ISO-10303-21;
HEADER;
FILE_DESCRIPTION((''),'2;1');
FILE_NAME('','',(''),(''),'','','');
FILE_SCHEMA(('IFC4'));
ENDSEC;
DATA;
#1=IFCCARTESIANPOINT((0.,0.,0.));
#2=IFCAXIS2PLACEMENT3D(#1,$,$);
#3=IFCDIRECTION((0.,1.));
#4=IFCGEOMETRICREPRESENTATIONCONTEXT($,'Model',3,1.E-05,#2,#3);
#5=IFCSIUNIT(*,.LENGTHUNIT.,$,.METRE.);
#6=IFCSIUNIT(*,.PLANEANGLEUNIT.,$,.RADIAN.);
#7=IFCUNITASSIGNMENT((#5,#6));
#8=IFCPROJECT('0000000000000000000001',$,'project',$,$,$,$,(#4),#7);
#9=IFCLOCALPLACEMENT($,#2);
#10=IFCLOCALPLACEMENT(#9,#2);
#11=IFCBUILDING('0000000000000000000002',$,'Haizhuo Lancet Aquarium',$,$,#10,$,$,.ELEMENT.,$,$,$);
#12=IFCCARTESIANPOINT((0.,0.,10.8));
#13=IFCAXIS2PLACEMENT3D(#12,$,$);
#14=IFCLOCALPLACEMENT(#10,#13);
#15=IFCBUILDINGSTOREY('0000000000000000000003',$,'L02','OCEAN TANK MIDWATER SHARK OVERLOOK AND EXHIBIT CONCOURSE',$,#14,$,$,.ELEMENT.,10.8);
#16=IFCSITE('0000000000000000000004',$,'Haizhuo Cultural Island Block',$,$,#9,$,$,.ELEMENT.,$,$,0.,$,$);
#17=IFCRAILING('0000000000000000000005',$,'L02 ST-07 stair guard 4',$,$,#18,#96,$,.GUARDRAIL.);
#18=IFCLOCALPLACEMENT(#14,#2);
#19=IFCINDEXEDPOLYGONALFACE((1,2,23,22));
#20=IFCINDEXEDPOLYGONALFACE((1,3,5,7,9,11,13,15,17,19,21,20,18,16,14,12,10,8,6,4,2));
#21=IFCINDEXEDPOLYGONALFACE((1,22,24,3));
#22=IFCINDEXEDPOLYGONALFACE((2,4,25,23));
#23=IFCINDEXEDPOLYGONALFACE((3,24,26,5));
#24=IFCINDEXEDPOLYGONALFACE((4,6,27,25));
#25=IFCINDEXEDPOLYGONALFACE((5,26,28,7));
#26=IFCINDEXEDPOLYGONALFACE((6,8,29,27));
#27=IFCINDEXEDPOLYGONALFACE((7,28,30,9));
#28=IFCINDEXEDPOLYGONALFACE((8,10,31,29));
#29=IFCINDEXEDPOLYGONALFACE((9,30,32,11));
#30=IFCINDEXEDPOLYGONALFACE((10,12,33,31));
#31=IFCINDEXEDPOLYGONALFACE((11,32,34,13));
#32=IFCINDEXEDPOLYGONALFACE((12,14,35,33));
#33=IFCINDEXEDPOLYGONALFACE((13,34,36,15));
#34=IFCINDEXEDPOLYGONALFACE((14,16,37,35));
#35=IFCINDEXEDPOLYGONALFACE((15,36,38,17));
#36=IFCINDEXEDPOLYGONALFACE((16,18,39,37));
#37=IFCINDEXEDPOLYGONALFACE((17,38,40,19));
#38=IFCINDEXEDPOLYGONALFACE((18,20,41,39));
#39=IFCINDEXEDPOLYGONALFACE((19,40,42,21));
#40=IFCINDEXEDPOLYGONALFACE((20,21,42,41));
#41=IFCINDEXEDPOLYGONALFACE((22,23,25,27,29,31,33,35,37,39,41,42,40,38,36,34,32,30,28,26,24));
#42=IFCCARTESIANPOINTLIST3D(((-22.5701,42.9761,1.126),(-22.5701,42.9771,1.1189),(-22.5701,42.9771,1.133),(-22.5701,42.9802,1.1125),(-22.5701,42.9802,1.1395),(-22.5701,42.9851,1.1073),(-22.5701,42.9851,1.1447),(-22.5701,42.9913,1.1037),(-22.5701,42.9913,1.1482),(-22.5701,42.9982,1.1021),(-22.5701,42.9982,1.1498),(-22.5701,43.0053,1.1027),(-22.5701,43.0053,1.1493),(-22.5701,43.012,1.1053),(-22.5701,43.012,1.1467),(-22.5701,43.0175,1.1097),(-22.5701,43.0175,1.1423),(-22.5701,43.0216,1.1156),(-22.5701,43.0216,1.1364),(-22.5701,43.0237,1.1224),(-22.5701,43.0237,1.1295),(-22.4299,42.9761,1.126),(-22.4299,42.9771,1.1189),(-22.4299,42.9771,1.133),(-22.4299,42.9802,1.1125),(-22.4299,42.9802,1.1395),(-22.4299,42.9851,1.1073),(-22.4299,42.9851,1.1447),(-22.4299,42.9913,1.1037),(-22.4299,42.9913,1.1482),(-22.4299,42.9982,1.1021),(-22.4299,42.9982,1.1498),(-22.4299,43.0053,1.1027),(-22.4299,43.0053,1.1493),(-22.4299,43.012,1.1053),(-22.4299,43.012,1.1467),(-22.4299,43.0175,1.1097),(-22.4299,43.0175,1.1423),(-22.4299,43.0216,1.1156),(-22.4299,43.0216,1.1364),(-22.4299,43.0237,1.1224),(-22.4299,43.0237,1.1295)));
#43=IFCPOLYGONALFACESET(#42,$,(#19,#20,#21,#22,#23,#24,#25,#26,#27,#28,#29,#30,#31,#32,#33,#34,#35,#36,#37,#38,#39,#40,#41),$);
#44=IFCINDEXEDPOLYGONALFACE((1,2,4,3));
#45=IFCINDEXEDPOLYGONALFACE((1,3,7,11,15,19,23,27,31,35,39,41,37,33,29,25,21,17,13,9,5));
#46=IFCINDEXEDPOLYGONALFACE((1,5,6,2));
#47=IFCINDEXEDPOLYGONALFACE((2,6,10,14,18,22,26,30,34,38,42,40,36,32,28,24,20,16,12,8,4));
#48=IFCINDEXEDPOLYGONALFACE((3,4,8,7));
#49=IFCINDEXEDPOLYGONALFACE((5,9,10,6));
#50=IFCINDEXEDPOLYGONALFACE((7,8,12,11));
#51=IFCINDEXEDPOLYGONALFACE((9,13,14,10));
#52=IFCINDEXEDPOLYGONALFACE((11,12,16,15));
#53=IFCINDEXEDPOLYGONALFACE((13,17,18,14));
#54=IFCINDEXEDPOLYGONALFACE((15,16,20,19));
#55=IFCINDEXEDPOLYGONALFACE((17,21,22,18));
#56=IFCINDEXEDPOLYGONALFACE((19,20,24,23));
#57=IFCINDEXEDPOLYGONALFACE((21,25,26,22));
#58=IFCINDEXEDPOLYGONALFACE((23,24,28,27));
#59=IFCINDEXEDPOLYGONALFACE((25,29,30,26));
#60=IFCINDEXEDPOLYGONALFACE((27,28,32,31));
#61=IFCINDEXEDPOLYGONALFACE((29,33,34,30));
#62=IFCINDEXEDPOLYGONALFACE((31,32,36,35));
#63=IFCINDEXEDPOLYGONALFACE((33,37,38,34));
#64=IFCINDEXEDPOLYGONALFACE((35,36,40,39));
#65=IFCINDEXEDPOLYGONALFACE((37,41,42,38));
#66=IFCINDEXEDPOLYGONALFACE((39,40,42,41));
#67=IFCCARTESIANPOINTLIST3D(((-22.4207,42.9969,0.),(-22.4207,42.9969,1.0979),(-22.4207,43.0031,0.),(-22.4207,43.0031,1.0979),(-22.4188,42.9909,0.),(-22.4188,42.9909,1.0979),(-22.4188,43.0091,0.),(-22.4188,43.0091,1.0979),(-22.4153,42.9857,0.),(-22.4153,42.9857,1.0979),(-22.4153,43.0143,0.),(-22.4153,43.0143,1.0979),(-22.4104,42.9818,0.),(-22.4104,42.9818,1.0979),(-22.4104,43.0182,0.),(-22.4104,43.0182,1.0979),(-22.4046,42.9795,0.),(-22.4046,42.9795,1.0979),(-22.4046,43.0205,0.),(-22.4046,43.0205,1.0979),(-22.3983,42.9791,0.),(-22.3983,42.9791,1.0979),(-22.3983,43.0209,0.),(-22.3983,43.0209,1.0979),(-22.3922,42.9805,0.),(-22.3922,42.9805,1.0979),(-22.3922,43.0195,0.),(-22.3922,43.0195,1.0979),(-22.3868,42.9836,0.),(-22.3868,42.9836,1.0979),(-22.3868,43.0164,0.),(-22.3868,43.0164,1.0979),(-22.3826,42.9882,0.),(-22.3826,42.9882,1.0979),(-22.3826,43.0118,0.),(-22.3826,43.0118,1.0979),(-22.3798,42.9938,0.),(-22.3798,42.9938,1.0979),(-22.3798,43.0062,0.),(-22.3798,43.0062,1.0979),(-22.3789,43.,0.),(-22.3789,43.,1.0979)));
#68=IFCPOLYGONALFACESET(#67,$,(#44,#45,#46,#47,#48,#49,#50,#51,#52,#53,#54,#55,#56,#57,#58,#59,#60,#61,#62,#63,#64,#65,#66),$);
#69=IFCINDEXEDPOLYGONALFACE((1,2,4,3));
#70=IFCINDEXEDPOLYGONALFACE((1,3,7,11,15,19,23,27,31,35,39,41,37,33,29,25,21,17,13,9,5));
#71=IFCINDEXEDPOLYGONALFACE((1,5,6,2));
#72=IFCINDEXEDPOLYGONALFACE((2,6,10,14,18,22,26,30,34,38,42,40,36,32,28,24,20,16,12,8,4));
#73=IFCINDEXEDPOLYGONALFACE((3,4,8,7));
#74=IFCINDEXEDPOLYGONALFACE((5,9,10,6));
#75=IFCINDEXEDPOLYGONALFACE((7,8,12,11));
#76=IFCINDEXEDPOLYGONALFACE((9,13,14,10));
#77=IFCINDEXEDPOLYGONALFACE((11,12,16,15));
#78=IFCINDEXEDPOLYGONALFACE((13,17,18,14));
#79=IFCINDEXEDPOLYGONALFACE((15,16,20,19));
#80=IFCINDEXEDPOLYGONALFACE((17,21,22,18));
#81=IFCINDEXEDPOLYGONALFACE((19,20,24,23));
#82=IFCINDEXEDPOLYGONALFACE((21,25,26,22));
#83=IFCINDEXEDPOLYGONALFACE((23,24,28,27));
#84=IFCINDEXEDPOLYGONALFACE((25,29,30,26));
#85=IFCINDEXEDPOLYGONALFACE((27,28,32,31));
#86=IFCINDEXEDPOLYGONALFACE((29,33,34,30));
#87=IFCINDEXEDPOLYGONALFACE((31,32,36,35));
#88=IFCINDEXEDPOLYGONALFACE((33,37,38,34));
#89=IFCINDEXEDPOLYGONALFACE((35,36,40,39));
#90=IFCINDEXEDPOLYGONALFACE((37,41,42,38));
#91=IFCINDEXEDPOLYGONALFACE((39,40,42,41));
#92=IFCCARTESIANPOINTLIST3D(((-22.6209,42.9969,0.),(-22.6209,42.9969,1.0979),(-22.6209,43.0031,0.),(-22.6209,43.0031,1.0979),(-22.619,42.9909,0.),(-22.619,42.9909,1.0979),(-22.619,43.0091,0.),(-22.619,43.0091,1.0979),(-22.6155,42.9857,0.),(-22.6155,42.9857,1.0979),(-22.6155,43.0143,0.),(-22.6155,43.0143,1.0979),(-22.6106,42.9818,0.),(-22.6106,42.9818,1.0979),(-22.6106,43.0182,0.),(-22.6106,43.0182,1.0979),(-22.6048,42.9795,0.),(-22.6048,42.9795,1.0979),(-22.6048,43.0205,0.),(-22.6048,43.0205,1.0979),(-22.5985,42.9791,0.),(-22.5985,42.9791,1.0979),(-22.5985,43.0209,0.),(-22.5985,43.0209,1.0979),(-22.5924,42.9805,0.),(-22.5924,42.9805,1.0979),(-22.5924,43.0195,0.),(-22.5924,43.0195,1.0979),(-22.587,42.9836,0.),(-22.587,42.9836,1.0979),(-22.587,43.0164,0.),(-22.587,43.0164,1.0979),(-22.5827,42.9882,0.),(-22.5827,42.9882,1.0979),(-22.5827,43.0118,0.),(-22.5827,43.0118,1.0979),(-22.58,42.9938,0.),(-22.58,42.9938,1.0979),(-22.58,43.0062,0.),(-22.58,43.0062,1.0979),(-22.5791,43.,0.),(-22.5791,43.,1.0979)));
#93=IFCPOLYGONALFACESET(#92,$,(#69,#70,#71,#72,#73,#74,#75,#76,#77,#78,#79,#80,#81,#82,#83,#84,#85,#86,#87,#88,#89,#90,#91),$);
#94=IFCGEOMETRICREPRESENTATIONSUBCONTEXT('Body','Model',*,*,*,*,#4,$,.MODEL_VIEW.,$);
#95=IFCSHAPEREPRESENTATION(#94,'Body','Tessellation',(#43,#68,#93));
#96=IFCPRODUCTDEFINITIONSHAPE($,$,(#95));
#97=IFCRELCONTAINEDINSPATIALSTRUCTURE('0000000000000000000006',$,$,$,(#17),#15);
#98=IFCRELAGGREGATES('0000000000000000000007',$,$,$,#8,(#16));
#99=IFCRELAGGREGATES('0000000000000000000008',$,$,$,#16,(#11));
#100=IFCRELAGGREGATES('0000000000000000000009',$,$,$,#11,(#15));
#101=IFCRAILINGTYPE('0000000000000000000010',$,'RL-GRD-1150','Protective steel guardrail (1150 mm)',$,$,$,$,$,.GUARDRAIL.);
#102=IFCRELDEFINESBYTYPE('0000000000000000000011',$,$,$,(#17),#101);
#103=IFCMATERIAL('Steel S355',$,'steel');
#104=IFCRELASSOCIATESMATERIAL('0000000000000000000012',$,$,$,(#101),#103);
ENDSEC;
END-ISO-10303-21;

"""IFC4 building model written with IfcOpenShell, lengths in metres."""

from ifc_helpers import new_model, si_unit, direction, frame, origin, origin_2d, place, context, subcontext, project, spatial, circle, extrude, material, type_object, element, save


model = new_model("IFC4")

# Units and contexts
model_context = context("Model", 3, precision=1e-05, world=origin(), true_north=direction((0.0, 1.0)))
body_context = subcontext(model_context, "Body", "Model", "MODEL_VIEW")
ifc_project = project(units=[si_unit("LENGTHUNIT", "METRE"), si_unit("PLANEANGLEUNIT", "RADIAN")], contexts=[model_context])

# Site, building, storey
site_placement = place(None, origin())
site = spatial("IfcSite", under=ifc_project, at=site_placement, Name="Haizhuo Cultural Island Block", CompositionType="ELEMENT", RefElevation=0.0)
building_placement = place(site_placement, origin())
building = spatial("IfcBuilding", under=site, at=building_placement, Name="Haizhuo Lancet Aquarium", CompositionType="ELEMENT")
storey_placement = place(building_placement, frame((0.0, 0.0, 10.8)))
storey = spatial("IfcBuildingStorey", under=building, at=storey_placement, Name="L02", Description="OCEAN TANK MIDWATER SHARK OVERLOOK AND EXHIBIT CONCOURSE", CompositionType="ELEMENT", Elevation=10.8)

# Shared definitions
ifc_material_1 = material(Name="Steel S355", Category="steel")

# Railing
railing_type_1 = type_object("IfcRailingType", Name="RL-GRD-1150", Description="Protective steel guardrail (1150 mm)", PredefinedType="GUARDRAIL", material=ifc_material_1)
railing_1_placement = place(storey_placement, frame((-22.3999, 43.0, 0.0)))
element("IfcRailing", 1, at=railing_1_placement, inside=storey, type_object=railing_type_1, Name="L02 ST-07 stair guard 4", PredefinedType="GUARDRAIL", context=body_context, shape_type="SweptSolid", body=[
    extrude(circle(Radius=0.0239, at=origin_2d()), frame((-0.03, 0.0, 1.126), z_axis=(-1.0, 0.0, 0.0), x_axis=(0.0, -1.0, 0.0)), (0.0, 0.0, 1.0), 0.1401),
    extrude(circle(Radius=0.021, at=origin_2d()), origin(), (0.0, 0.0, 1.0), 1.0979),
    extrude(circle(Radius=0.021, at=origin_2d()), frame((-0.2002, 0.0, 0.0)), (0.0, 0.0, 1.0), 1.0979),
])

save(model, "model.ifc")
